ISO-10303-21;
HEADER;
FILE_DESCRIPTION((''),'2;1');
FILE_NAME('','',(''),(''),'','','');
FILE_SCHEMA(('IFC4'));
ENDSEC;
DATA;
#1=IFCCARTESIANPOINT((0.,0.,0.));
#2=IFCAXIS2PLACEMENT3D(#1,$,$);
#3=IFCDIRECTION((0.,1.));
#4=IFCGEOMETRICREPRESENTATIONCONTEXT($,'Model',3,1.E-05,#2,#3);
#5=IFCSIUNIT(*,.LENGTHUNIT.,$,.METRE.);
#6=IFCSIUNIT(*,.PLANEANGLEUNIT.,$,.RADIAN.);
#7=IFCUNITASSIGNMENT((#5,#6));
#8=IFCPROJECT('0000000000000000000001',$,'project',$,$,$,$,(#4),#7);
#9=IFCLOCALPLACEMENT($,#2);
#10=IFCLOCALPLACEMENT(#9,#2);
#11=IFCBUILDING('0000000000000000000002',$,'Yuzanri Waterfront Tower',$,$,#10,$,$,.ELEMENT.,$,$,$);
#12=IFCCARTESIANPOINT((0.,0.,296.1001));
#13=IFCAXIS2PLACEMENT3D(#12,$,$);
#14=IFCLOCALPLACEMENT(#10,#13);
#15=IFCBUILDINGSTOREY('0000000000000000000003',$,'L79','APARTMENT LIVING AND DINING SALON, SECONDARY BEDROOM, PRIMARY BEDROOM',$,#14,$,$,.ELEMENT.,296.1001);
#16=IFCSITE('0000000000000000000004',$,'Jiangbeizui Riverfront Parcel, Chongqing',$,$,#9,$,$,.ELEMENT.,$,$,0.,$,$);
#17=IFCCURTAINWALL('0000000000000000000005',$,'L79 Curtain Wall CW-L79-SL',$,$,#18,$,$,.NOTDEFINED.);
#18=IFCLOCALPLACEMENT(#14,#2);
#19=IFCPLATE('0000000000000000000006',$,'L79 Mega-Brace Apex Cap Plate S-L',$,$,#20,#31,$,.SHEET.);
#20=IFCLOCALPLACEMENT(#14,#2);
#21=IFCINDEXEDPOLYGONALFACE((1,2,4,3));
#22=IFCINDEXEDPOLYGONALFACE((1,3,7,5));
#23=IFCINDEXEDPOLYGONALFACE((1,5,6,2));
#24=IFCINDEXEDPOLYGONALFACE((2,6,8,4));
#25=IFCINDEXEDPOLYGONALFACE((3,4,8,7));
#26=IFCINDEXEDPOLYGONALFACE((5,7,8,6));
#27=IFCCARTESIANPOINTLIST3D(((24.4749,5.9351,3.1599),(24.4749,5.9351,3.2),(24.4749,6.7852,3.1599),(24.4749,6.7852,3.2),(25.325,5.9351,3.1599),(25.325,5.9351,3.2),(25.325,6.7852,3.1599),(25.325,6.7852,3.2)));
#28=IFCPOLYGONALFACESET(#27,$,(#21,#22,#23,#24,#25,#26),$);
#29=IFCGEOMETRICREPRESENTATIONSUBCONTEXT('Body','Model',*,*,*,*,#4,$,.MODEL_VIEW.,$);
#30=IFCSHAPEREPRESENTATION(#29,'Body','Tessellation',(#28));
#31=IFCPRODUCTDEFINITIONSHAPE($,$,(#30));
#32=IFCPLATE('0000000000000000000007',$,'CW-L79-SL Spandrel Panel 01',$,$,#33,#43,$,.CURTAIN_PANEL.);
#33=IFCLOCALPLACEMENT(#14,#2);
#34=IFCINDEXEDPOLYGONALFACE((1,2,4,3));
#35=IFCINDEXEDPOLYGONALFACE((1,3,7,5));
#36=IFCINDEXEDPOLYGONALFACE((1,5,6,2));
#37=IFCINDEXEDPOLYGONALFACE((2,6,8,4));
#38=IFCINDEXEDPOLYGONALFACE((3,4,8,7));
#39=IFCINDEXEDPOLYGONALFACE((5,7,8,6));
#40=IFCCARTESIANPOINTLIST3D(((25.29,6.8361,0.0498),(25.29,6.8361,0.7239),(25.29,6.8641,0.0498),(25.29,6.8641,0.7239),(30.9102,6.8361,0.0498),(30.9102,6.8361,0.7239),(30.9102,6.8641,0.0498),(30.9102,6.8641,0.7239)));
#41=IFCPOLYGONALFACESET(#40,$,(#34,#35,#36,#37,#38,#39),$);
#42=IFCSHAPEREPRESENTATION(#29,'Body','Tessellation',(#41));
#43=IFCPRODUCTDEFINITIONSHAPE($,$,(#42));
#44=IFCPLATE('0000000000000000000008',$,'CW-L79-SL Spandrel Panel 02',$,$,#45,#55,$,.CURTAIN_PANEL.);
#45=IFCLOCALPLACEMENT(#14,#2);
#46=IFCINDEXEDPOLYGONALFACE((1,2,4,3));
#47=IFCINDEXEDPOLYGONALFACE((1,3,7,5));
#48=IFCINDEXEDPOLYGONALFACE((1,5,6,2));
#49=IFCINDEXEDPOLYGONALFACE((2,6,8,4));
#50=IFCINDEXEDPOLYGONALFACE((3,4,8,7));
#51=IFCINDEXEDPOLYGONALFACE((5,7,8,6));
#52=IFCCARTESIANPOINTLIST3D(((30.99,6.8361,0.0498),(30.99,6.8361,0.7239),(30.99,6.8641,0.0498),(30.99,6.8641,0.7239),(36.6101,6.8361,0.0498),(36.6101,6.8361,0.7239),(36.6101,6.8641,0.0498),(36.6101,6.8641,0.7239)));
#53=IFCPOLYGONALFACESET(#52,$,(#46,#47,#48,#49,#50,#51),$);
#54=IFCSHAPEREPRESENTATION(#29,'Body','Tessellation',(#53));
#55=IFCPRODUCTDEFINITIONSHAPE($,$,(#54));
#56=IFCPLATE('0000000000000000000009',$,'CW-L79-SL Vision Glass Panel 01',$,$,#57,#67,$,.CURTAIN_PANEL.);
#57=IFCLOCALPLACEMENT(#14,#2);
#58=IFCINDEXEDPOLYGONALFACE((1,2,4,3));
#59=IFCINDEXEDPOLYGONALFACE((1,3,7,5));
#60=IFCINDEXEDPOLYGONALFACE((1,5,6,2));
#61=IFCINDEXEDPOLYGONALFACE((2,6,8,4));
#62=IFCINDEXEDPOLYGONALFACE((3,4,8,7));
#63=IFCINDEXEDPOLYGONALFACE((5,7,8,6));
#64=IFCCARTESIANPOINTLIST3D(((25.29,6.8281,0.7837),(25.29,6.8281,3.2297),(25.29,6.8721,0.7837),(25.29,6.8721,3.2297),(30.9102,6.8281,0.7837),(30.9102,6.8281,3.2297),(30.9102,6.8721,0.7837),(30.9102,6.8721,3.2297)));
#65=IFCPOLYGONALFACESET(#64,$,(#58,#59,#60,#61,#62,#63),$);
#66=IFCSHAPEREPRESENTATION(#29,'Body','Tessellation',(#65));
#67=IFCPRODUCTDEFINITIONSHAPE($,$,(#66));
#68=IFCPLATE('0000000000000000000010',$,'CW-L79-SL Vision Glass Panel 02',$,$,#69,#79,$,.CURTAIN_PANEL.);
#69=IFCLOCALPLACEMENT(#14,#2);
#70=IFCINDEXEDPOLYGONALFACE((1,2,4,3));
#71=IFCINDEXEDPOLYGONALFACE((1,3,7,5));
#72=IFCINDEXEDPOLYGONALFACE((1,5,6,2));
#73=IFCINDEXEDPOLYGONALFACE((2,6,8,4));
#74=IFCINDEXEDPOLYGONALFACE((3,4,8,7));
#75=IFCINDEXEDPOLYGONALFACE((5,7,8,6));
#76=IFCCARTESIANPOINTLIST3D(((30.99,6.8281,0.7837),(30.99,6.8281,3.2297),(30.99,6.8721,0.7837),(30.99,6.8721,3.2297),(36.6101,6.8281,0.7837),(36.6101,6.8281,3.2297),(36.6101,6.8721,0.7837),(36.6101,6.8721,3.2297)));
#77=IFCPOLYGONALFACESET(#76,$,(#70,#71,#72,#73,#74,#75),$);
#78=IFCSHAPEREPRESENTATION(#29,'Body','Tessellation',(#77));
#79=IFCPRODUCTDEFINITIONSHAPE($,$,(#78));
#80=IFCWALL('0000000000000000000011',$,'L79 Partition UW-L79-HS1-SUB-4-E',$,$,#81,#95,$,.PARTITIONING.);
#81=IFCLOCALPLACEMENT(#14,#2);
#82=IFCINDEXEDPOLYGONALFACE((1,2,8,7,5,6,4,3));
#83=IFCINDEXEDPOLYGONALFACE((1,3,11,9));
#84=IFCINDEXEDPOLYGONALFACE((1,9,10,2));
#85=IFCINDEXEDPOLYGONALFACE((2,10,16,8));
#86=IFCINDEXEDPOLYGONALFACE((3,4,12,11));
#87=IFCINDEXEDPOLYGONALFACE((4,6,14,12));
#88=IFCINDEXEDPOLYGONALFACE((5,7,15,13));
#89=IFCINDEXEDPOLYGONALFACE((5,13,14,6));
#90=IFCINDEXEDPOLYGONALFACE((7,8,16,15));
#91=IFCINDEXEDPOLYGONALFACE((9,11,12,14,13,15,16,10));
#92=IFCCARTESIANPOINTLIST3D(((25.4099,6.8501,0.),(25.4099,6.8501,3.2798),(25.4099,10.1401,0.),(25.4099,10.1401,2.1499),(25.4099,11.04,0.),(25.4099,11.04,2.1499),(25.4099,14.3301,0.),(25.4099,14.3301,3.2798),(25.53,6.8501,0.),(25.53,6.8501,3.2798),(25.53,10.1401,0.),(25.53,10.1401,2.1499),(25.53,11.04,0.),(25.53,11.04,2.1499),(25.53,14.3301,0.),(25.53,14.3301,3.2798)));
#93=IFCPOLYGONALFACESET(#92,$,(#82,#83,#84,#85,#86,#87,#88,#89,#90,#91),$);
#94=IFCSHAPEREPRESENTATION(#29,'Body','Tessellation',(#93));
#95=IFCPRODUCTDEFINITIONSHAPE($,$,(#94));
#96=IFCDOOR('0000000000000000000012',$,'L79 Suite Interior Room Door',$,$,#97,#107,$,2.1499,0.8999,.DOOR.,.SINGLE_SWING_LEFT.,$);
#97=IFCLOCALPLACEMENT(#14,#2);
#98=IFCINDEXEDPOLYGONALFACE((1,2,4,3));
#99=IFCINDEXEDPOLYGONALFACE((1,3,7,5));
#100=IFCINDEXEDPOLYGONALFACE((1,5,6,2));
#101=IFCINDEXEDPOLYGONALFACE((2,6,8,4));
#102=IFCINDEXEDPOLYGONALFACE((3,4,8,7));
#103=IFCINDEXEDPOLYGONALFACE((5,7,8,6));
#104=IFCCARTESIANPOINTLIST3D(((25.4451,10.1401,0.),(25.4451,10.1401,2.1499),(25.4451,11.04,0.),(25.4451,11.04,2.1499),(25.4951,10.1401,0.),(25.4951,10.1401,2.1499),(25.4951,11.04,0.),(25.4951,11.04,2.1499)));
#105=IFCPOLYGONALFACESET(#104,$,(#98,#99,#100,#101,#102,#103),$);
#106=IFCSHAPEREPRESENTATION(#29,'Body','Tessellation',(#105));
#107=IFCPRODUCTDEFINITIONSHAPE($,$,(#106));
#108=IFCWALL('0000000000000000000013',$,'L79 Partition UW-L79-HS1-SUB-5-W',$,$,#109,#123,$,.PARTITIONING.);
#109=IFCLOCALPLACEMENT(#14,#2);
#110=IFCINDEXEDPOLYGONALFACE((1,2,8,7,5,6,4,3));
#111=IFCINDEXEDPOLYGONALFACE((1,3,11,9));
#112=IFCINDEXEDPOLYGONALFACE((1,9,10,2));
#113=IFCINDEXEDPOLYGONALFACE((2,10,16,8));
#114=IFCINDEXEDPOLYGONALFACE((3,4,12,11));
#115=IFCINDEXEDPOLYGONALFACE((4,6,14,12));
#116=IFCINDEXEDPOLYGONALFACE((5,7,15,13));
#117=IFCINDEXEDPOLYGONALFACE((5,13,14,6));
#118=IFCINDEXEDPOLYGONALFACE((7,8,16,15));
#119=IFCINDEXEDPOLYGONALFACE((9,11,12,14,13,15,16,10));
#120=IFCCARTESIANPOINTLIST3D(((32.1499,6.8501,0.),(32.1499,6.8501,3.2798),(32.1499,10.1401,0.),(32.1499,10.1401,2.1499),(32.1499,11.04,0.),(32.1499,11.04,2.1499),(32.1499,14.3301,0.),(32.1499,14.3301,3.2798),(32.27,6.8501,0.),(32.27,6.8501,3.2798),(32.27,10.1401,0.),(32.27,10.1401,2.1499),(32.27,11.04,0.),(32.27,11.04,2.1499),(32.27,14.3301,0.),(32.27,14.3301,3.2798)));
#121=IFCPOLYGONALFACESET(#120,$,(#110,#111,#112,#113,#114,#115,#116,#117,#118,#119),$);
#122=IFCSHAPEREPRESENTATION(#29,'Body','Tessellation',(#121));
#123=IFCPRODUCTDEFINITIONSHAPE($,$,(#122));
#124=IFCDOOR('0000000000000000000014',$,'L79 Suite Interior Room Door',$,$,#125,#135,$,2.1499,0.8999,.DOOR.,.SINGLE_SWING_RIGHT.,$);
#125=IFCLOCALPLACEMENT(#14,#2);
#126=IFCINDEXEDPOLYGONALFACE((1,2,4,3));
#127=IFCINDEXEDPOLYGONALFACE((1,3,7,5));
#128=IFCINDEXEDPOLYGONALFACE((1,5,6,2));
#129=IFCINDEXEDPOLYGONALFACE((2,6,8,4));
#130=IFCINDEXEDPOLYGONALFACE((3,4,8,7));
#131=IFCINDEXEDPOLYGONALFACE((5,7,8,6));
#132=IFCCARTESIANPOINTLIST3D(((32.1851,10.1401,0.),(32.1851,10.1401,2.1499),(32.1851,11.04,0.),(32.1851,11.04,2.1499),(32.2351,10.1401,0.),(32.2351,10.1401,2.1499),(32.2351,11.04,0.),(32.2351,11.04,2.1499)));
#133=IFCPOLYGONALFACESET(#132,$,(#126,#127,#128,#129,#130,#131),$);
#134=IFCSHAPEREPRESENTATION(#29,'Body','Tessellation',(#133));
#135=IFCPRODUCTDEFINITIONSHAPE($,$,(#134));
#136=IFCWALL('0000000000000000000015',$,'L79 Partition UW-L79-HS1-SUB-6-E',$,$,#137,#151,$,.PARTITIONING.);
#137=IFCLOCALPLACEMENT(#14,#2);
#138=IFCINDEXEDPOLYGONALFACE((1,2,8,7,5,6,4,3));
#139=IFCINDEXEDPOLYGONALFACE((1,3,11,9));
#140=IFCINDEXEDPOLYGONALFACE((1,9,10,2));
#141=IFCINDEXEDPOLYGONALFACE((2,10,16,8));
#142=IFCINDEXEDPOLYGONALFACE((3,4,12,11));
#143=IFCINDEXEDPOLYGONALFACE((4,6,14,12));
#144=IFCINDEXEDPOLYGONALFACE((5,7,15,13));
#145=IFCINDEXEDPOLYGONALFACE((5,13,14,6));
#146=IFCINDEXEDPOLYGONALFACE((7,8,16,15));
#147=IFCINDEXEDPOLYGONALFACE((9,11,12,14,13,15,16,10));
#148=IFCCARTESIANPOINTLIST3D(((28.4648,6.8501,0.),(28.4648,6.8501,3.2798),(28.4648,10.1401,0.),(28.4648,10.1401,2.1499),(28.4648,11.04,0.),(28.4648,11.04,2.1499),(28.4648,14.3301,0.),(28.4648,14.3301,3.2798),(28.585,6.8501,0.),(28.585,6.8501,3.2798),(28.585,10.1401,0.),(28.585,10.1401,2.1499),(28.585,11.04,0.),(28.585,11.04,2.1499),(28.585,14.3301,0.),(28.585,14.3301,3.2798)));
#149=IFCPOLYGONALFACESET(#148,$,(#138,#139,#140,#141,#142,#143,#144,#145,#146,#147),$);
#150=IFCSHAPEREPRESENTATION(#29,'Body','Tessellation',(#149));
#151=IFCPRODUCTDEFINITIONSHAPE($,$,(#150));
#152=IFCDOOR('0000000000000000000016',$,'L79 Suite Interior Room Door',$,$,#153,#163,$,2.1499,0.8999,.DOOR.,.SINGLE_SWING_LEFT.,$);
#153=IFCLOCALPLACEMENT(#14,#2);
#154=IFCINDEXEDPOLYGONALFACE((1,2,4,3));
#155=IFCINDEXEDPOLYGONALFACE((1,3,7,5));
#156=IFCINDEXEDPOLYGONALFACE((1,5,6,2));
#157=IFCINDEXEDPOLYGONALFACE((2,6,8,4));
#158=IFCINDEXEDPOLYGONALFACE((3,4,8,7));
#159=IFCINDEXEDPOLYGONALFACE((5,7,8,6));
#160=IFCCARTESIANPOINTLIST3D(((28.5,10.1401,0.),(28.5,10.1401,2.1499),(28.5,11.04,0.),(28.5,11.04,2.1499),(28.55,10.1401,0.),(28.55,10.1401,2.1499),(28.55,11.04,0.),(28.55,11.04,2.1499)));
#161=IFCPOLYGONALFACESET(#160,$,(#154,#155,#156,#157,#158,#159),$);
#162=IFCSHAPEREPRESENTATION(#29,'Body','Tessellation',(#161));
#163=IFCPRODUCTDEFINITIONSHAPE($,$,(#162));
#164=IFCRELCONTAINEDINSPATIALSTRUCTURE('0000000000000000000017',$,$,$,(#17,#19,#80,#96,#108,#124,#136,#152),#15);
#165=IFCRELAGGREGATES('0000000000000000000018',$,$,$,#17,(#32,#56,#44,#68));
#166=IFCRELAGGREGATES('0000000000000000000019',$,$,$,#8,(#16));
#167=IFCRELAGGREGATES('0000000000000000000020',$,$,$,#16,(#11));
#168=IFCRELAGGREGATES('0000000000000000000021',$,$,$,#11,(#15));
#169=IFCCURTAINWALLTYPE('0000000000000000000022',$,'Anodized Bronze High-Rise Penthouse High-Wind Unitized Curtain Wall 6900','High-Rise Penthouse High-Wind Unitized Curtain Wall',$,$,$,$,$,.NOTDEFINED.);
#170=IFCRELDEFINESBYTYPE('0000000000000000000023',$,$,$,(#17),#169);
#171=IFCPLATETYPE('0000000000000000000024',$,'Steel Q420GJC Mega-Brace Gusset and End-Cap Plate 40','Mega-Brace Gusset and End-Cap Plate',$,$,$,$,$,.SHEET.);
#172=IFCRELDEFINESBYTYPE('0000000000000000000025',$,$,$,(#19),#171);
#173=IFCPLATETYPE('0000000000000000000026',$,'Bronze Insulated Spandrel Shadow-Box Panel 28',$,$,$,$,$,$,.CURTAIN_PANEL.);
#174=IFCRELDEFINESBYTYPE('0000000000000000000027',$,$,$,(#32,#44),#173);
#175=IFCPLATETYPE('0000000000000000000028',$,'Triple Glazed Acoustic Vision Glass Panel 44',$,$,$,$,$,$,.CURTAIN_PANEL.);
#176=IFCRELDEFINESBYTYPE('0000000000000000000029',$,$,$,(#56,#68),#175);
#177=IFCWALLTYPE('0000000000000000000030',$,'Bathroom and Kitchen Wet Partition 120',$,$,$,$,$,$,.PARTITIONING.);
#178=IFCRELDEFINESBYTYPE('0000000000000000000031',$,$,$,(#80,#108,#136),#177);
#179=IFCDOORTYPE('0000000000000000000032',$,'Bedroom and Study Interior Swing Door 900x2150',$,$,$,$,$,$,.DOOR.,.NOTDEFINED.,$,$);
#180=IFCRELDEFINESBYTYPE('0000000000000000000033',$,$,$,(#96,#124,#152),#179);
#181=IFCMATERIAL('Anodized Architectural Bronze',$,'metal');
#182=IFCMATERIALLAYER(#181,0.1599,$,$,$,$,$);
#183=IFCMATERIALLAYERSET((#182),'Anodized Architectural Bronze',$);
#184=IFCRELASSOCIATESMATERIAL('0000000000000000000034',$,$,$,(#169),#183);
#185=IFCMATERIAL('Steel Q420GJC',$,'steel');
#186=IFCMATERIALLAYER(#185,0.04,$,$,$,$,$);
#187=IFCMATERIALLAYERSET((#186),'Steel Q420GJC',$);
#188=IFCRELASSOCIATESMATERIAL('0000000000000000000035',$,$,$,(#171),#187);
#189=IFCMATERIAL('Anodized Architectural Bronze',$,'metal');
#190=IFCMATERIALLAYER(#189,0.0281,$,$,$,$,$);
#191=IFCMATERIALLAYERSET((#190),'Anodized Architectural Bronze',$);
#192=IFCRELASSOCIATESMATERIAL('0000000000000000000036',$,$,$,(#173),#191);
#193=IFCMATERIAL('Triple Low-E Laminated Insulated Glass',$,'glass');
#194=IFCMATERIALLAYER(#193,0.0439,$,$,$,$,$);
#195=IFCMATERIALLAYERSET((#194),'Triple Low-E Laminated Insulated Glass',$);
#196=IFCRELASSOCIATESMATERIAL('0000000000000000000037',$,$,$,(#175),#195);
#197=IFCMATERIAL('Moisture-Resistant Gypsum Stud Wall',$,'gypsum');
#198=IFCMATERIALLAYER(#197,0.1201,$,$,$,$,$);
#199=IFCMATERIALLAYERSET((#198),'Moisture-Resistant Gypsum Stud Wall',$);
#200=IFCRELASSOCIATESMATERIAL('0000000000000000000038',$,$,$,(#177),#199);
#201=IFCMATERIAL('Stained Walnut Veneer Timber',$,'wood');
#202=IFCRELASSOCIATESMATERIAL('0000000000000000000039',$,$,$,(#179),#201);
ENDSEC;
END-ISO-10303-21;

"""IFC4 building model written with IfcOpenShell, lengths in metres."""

from ifc_helpers import new_model, si_unit, direction, frame, frame_2d, origin, origin_2d, place, context, subcontext, project, spatial, rectangle, extrude, source, transform, mapped, material, layer, layer_set, type_object, element, fill, aggregate, save


model = new_model("IFC4")

# Units and contexts
model_context = context("Model", 3, precision=1e-05, world=origin(), true_north=direction((0.0, 1.0)))
body_context = subcontext(model_context, "Body", "Model", "MODEL_VIEW")
ifc_project = project(units=[si_unit("LENGTHUNIT", "METRE"), si_unit("PLANEANGLEUNIT", "RADIAN")], contexts=[model_context])

# Site, building, storey
site_placement = place(None, origin())
site = spatial("IfcSite", under=ifc_project, at=site_placement, Name="Jiangbeizui Riverfront Parcel, Chongqing", CompositionType="ELEMENT", RefElevation=0.0)
building_placement = place(site_placement, origin())
building = spatial("IfcBuilding", under=site, at=building_placement, Name="Yuzanri Waterfront Tower", CompositionType="ELEMENT")
storey_placement = place(building_placement, frame((0.0, 0.0, 296.1001)))
storey = spatial("IfcBuildingStorey", under=building, at=storey_placement, Name="L79", Description="APARTMENT LIVING AND DINING SALON, SECONDARY BEDROOM, PRIMARY BEDROOM", CompositionType="ELEMENT", Elevation=296.1001)

# Curtain wall
ifc_material_1 = material(Name="Anodized Architectural Bronze", Category="metal")
ifc_layer_1 = layer(ifc_material_1, 0.1599)
ifc_layer_set_1 = layer_set([ifc_layer_1], Name="Anodized Architectural Bronze")
curtain_wall_type = type_object("IfcCurtainWallType", Name="Anodized Bronze High-Rise Penthouse High-Wind Unitized Curtain Wall 6900", Description="High-Rise Penthouse High-Wind Unitized Curtain Wall", PredefinedType="NOTDEFINED", material=ifc_layer_set_1)
curtain_wall_placement = place(storey_placement, origin())
curtain_wall = element("IfcCurtainWall", 1, at=curtain_wall_placement, inside=storey, type_object=curtain_wall_type, Name="L79 Curtain Wall CW-L79-SL", PredefinedType="NOTDEFINED")

# Plates
ifc_material_2 = material(Name="Steel Q420GJC", Category="steel")
ifc_layer_2 = layer(ifc_material_2, 0.04)
ifc_layer_set_2 = layer_set([ifc_layer_2], Name="Steel Q420GJC")
plate_type_1 = type_object("IfcPlateType", Name="Steel Q420GJC Mega-Brace Gusset and End-Cap Plate 40", Description="Mega-Brace Gusset and End-Cap Plate", PredefinedType="SHEET", material=ifc_layer_set_2)
shared_shape_1 = source(origin(), body_context, "Body", "SweptSolid", [
    extrude(rectangle(XDim=0.8501, YDim=0.8501, at=origin_2d()), origin(), (0.0, 0.0, 1.0), 0.04),
])
plate_1_placement = place(storey_placement, frame((24.8999, 6.3601, 3.1599), z_axis=(0.0, 0.0, 1.0), x_axis=(1.0, 0.0, 0.0)))
element("IfcPlate", 2, at=plate_1_placement, inside=storey, type_object=plate_type_1, Name="L79 Mega-Brace Apex Cap Plate S-L", PredefinedType="SHEET", context=body_context, shape_type="MappedRepresentation", body=[
    mapped(shared_shape_1, transform((0.0, 0.0, 0.0), scale=1.0)),
])
ifc_material_3 = material(Name="Anodized Architectural Bronze", Category="metal")
ifc_layer_3 = layer(ifc_material_3, 0.0281)
ifc_layer_set_3 = layer_set([ifc_layer_3], Name="Anodized Architectural Bronze")
plate_type_2 = type_object("IfcPlateType", Name="Bronze Insulated Spandrel Shadow-Box Panel 28", PredefinedType="CURTAIN_PANEL", material=ifc_layer_set_3)
shared_shape_2 = source(origin(), body_context, "Body", "SweptSolid", [
    extrude(rectangle(XDim=5.6201, YDim=0.0281, at=origin_2d()), origin(), (0.0, 0.0, 1.0), 0.6741),
])
plate_2_placement = place(storey_placement, frame((28.1001, 6.8501, 0.0498), z_axis=(0.0, 0.0, 1.0), x_axis=(1.0, 0.0, 0.0)))
plate_2 = element("IfcPlate", 3, at=plate_2_placement, type_object=plate_type_2, Name="CW-L79-SL Spandrel Panel 01", PredefinedType="CURTAIN_PANEL", context=body_context, shape_type="MappedRepresentation", body=[
    mapped(shared_shape_2, transform((0.0, 0.0, 0.0), scale=1.0)),
])
plate_3_placement = place(storey_placement, frame((33.8, 6.8501, 0.0498), z_axis=(0.0, 0.0, 1.0), x_axis=(1.0, 0.0, 0.0)))
plate_3 = element("IfcPlate", 4, at=plate_3_placement, type_object=plate_type_2, Name="CW-L79-SL Spandrel Panel 02", PredefinedType="CURTAIN_PANEL", context=body_context, shape_type="MappedRepresentation", body=[
    mapped(shared_shape_2, transform((0.0, 0.0, 0.0), scale=1.0)),
])
ifc_material_4 = material(Name="Triple Low-E Laminated Insulated Glass", Category="glass")
ifc_layer_4 = layer(ifc_material_4, 0.0439)
ifc_layer_set_4 = layer_set([ifc_layer_4], Name="Triple Low-E Laminated Insulated Glass")
plate_type_3 = type_object("IfcPlateType", Name="Triple Glazed Acoustic Vision Glass Panel 44", PredefinedType="CURTAIN_PANEL", material=ifc_layer_set_4)
shared_shape_3 = source(origin(), body_context, "Body", "SweptSolid", [
    extrude(rectangle(XDim=5.6201, YDim=0.0439, at=origin_2d()), origin(), (0.0, 0.0, 1.0), 2.446),
])
plate_4_placement = place(storey_placement, frame((28.1001, 6.8501, 0.7837), z_axis=(0.0, 0.0, 1.0), x_axis=(1.0, 0.0, 0.0)))
plate_4 = element("IfcPlate", 5, at=plate_4_placement, type_object=plate_type_3, Name="CW-L79-SL Vision Glass Panel 01", PredefinedType="CURTAIN_PANEL", context=body_context, shape_type="MappedRepresentation", body=[
    mapped(shared_shape_3, transform((0.0, 0.0, 0.0), scale=1.0)),
])
plate_5_placement = place(storey_placement, frame((33.8, 6.8501, 0.7837), z_axis=(0.0, 0.0, 1.0), x_axis=(1.0, 0.0, 0.0)))
plate_5 = element("IfcPlate", 6, at=plate_5_placement, type_object=plate_type_3, Name="CW-L79-SL Vision Glass Panel 02", PredefinedType="CURTAIN_PANEL", context=body_context, shape_type="MappedRepresentation", body=[
    mapped(shared_shape_3, transform((0.0, 0.0, 0.0), scale=1.0)),
])
aggregate(curtain_wall, [plate_2, plate_4, plate_3, plate_5])

# Walls, openings, doors
ifc_material_5 = material(Name="Moisture-Resistant Gypsum Stud Wall", Category="gypsum")
ifc_layer_5 = layer(ifc_material_5, 0.1201)
ifc_layer_set_5 = layer_set([ifc_layer_5], Name="Moisture-Resistant Gypsum Stud Wall")
wall_type_1 = type_object("IfcWallType", Name="Bathroom and Kitchen Wet Partition 120", PredefinedType="PARTITIONING", material=ifc_layer_set_5)
wall_1_placement = place(storey_placement, frame((25.47, 6.8501, 0.0), z_axis=(0.0, 0.0, 1.0), x_axis=(0.0, 1.0, 0.0)))
wall_1 = element("IfcWall", 7, at=wall_1_placement, inside=storey, type_object=wall_type_1, Name="L79 Partition UW-L79-HS1-SUB-4-E", PredefinedType="PARTITIONING", context=body_context, shape_type="SweptSolid", body=[
    extrude(rectangle(XDim=7.48, YDim=0.1201, at=frame_2d((3.74, 0.0))), origin(), (0.0, 0.0, 1.0), 3.2798),
])
opening_1_placement = place(wall_1_placement, frame((3.29, 0.0, 0.0)))
opening_1 = element("IfcOpeningElement", 8, at=opening_1_placement, cuts=wall_1, PredefinedType="OPENING", context=body_context, shape_type="SweptSolid", body=[
    extrude(rectangle(XDim=0.8999, YDim=2.1499, at=frame_2d((0.45, 1.075))), frame((0.0, 0.075, 0.0), z_axis=(0.0, -1.0, 0.0), x_axis=(1.0, 0.0, 0.0)), (0.0, 0.0, 1.0), 0.1499),
])
ifc_material_6 = material(Name="Stained Walnut Veneer Timber", Category="wood")
door_type = type_object("IfcDoorType", Name="Bedroom and Study Interior Swing Door 900x2150", OperationType="NOTDEFINED", PredefinedType="DOOR", material=ifc_material_6)
shared_shape_4 = source(origin(), body_context, "Body", "SweptSolid", [
    extrude(rectangle(XDim=0.8999, YDim=2.1499, at=frame_2d((0.45, 1.075))), frame((0.0, 0.0249, 0.0), z_axis=(0.0, -1.0, 0.0), x_axis=(1.0, 0.0, 0.0)), (0.0, 0.0, 1.0), 0.05),
])
door_1_placement = place(opening_1_placement, origin())
door_1 = element("IfcDoor", 9, at=door_1_placement, inside=storey, type_object=door_type, Name="L79 Suite Interior Room Door", OperationType="SINGLE_SWING_LEFT", OverallHeight=2.1499, OverallWidth=0.8999, PredefinedType="DOOR", context=body_context, shape_type="MappedRepresentation", body=[
    mapped(shared_shape_4, transform((0.0, 0.0, 0.0), scale=1.0)),
])
fill(opening_1, door_1)
wall_2_placement = place(storey_placement, frame((32.21, 6.8501, 0.0), z_axis=(0.0, 0.0, 1.0), x_axis=(0.0, 1.0, 0.0)))
wall_2 = element("IfcWall", 10, at=wall_2_placement, inside=storey, type_object=wall_type_1, Name="L79 Partition UW-L79-HS1-SUB-5-W", PredefinedType="PARTITIONING", context=body_context, shape_type="SweptSolid", body=[
    extrude(rectangle(XDim=7.48, YDim=0.1201, at=frame_2d((3.74, 0.0))), origin(), (0.0, 0.0, 1.0), 3.2798),
])
opening_2_placement = place(wall_2_placement, frame((3.29, 0.0, 0.0)))
opening_2 = element("IfcOpeningElement", 11, at=opening_2_placement, cuts=wall_2, PredefinedType="OPENING", context=body_context, shape_type="SweptSolid", body=[
    extrude(rectangle(XDim=0.8999, YDim=2.1499, at=frame_2d((0.45, 1.075))), frame((0.0, 0.075, 0.0), z_axis=(0.0, -1.0, 0.0), x_axis=(1.0, 0.0, 0.0)), (0.0, 0.0, 1.0), 0.1499),
])
door_2_placement = place(opening_2_placement, origin())
door_2 = element("IfcDoor", 12, at=door_2_placement, inside=storey, type_object=door_type, Name="L79 Suite Interior Room Door", OperationType="SINGLE_SWING_RIGHT", OverallHeight=2.1499, OverallWidth=0.8999, PredefinedType="DOOR", context=body_context, shape_type="MappedRepresentation", body=[
    mapped(shared_shape_4, transform((0.0, 0.0, 0.0), scale=1.0)),
])
fill(opening_2, door_2)
wall_3_placement = place(storey_placement, frame((28.5249, 6.8501, 0.0), z_axis=(0.0, 0.0, 1.0), x_axis=(0.0, 1.0, 0.0)))
wall_3 = element("IfcWall", 13, at=wall_3_placement, inside=storey, type_object=wall_type_1, Name="L79 Partition UW-L79-HS1-SUB-6-E", PredefinedType="PARTITIONING", context=body_context, shape_type="SweptSolid", body=[
    extrude(rectangle(XDim=7.48, YDim=0.1201, at=frame_2d((3.74, 0.0))), origin(), (0.0, 0.0, 1.0), 3.2798),
])
opening_3_placement = place(wall_3_placement, frame((3.29, 0.0, 0.0)))
opening_3 = element("IfcOpeningElement", 14, at=opening_3_placement, cuts=wall_3, PredefinedType="OPENING", context=body_context, shape_type="SweptSolid", body=[
    extrude(rectangle(XDim=0.8999, YDim=2.1499, at=frame_2d((0.45, 1.075))), frame((0.0, 0.075, 0.0), z_axis=(0.0, -1.0, 0.0), x_axis=(1.0, 0.0, 0.0)), (0.0, 0.0, 1.0), 0.1499),
])
door_3_placement = place(opening_3_placement, origin())
door_3 = element("IfcDoor", 15, at=door_3_placement, inside=storey, type_object=door_type, Name="L79 Suite Interior Room Door", OperationType="SINGLE_SWING_LEFT", OverallHeight=2.1499, OverallWidth=0.8999, PredefinedType="DOOR", context=body_context, shape_type="MappedRepresentation", body=[
    mapped(shared_shape_4, transform((0.0, 0.0, 0.0), scale=1.0)),
])
fill(opening_3, door_3)

save(model, "model.ifc")
